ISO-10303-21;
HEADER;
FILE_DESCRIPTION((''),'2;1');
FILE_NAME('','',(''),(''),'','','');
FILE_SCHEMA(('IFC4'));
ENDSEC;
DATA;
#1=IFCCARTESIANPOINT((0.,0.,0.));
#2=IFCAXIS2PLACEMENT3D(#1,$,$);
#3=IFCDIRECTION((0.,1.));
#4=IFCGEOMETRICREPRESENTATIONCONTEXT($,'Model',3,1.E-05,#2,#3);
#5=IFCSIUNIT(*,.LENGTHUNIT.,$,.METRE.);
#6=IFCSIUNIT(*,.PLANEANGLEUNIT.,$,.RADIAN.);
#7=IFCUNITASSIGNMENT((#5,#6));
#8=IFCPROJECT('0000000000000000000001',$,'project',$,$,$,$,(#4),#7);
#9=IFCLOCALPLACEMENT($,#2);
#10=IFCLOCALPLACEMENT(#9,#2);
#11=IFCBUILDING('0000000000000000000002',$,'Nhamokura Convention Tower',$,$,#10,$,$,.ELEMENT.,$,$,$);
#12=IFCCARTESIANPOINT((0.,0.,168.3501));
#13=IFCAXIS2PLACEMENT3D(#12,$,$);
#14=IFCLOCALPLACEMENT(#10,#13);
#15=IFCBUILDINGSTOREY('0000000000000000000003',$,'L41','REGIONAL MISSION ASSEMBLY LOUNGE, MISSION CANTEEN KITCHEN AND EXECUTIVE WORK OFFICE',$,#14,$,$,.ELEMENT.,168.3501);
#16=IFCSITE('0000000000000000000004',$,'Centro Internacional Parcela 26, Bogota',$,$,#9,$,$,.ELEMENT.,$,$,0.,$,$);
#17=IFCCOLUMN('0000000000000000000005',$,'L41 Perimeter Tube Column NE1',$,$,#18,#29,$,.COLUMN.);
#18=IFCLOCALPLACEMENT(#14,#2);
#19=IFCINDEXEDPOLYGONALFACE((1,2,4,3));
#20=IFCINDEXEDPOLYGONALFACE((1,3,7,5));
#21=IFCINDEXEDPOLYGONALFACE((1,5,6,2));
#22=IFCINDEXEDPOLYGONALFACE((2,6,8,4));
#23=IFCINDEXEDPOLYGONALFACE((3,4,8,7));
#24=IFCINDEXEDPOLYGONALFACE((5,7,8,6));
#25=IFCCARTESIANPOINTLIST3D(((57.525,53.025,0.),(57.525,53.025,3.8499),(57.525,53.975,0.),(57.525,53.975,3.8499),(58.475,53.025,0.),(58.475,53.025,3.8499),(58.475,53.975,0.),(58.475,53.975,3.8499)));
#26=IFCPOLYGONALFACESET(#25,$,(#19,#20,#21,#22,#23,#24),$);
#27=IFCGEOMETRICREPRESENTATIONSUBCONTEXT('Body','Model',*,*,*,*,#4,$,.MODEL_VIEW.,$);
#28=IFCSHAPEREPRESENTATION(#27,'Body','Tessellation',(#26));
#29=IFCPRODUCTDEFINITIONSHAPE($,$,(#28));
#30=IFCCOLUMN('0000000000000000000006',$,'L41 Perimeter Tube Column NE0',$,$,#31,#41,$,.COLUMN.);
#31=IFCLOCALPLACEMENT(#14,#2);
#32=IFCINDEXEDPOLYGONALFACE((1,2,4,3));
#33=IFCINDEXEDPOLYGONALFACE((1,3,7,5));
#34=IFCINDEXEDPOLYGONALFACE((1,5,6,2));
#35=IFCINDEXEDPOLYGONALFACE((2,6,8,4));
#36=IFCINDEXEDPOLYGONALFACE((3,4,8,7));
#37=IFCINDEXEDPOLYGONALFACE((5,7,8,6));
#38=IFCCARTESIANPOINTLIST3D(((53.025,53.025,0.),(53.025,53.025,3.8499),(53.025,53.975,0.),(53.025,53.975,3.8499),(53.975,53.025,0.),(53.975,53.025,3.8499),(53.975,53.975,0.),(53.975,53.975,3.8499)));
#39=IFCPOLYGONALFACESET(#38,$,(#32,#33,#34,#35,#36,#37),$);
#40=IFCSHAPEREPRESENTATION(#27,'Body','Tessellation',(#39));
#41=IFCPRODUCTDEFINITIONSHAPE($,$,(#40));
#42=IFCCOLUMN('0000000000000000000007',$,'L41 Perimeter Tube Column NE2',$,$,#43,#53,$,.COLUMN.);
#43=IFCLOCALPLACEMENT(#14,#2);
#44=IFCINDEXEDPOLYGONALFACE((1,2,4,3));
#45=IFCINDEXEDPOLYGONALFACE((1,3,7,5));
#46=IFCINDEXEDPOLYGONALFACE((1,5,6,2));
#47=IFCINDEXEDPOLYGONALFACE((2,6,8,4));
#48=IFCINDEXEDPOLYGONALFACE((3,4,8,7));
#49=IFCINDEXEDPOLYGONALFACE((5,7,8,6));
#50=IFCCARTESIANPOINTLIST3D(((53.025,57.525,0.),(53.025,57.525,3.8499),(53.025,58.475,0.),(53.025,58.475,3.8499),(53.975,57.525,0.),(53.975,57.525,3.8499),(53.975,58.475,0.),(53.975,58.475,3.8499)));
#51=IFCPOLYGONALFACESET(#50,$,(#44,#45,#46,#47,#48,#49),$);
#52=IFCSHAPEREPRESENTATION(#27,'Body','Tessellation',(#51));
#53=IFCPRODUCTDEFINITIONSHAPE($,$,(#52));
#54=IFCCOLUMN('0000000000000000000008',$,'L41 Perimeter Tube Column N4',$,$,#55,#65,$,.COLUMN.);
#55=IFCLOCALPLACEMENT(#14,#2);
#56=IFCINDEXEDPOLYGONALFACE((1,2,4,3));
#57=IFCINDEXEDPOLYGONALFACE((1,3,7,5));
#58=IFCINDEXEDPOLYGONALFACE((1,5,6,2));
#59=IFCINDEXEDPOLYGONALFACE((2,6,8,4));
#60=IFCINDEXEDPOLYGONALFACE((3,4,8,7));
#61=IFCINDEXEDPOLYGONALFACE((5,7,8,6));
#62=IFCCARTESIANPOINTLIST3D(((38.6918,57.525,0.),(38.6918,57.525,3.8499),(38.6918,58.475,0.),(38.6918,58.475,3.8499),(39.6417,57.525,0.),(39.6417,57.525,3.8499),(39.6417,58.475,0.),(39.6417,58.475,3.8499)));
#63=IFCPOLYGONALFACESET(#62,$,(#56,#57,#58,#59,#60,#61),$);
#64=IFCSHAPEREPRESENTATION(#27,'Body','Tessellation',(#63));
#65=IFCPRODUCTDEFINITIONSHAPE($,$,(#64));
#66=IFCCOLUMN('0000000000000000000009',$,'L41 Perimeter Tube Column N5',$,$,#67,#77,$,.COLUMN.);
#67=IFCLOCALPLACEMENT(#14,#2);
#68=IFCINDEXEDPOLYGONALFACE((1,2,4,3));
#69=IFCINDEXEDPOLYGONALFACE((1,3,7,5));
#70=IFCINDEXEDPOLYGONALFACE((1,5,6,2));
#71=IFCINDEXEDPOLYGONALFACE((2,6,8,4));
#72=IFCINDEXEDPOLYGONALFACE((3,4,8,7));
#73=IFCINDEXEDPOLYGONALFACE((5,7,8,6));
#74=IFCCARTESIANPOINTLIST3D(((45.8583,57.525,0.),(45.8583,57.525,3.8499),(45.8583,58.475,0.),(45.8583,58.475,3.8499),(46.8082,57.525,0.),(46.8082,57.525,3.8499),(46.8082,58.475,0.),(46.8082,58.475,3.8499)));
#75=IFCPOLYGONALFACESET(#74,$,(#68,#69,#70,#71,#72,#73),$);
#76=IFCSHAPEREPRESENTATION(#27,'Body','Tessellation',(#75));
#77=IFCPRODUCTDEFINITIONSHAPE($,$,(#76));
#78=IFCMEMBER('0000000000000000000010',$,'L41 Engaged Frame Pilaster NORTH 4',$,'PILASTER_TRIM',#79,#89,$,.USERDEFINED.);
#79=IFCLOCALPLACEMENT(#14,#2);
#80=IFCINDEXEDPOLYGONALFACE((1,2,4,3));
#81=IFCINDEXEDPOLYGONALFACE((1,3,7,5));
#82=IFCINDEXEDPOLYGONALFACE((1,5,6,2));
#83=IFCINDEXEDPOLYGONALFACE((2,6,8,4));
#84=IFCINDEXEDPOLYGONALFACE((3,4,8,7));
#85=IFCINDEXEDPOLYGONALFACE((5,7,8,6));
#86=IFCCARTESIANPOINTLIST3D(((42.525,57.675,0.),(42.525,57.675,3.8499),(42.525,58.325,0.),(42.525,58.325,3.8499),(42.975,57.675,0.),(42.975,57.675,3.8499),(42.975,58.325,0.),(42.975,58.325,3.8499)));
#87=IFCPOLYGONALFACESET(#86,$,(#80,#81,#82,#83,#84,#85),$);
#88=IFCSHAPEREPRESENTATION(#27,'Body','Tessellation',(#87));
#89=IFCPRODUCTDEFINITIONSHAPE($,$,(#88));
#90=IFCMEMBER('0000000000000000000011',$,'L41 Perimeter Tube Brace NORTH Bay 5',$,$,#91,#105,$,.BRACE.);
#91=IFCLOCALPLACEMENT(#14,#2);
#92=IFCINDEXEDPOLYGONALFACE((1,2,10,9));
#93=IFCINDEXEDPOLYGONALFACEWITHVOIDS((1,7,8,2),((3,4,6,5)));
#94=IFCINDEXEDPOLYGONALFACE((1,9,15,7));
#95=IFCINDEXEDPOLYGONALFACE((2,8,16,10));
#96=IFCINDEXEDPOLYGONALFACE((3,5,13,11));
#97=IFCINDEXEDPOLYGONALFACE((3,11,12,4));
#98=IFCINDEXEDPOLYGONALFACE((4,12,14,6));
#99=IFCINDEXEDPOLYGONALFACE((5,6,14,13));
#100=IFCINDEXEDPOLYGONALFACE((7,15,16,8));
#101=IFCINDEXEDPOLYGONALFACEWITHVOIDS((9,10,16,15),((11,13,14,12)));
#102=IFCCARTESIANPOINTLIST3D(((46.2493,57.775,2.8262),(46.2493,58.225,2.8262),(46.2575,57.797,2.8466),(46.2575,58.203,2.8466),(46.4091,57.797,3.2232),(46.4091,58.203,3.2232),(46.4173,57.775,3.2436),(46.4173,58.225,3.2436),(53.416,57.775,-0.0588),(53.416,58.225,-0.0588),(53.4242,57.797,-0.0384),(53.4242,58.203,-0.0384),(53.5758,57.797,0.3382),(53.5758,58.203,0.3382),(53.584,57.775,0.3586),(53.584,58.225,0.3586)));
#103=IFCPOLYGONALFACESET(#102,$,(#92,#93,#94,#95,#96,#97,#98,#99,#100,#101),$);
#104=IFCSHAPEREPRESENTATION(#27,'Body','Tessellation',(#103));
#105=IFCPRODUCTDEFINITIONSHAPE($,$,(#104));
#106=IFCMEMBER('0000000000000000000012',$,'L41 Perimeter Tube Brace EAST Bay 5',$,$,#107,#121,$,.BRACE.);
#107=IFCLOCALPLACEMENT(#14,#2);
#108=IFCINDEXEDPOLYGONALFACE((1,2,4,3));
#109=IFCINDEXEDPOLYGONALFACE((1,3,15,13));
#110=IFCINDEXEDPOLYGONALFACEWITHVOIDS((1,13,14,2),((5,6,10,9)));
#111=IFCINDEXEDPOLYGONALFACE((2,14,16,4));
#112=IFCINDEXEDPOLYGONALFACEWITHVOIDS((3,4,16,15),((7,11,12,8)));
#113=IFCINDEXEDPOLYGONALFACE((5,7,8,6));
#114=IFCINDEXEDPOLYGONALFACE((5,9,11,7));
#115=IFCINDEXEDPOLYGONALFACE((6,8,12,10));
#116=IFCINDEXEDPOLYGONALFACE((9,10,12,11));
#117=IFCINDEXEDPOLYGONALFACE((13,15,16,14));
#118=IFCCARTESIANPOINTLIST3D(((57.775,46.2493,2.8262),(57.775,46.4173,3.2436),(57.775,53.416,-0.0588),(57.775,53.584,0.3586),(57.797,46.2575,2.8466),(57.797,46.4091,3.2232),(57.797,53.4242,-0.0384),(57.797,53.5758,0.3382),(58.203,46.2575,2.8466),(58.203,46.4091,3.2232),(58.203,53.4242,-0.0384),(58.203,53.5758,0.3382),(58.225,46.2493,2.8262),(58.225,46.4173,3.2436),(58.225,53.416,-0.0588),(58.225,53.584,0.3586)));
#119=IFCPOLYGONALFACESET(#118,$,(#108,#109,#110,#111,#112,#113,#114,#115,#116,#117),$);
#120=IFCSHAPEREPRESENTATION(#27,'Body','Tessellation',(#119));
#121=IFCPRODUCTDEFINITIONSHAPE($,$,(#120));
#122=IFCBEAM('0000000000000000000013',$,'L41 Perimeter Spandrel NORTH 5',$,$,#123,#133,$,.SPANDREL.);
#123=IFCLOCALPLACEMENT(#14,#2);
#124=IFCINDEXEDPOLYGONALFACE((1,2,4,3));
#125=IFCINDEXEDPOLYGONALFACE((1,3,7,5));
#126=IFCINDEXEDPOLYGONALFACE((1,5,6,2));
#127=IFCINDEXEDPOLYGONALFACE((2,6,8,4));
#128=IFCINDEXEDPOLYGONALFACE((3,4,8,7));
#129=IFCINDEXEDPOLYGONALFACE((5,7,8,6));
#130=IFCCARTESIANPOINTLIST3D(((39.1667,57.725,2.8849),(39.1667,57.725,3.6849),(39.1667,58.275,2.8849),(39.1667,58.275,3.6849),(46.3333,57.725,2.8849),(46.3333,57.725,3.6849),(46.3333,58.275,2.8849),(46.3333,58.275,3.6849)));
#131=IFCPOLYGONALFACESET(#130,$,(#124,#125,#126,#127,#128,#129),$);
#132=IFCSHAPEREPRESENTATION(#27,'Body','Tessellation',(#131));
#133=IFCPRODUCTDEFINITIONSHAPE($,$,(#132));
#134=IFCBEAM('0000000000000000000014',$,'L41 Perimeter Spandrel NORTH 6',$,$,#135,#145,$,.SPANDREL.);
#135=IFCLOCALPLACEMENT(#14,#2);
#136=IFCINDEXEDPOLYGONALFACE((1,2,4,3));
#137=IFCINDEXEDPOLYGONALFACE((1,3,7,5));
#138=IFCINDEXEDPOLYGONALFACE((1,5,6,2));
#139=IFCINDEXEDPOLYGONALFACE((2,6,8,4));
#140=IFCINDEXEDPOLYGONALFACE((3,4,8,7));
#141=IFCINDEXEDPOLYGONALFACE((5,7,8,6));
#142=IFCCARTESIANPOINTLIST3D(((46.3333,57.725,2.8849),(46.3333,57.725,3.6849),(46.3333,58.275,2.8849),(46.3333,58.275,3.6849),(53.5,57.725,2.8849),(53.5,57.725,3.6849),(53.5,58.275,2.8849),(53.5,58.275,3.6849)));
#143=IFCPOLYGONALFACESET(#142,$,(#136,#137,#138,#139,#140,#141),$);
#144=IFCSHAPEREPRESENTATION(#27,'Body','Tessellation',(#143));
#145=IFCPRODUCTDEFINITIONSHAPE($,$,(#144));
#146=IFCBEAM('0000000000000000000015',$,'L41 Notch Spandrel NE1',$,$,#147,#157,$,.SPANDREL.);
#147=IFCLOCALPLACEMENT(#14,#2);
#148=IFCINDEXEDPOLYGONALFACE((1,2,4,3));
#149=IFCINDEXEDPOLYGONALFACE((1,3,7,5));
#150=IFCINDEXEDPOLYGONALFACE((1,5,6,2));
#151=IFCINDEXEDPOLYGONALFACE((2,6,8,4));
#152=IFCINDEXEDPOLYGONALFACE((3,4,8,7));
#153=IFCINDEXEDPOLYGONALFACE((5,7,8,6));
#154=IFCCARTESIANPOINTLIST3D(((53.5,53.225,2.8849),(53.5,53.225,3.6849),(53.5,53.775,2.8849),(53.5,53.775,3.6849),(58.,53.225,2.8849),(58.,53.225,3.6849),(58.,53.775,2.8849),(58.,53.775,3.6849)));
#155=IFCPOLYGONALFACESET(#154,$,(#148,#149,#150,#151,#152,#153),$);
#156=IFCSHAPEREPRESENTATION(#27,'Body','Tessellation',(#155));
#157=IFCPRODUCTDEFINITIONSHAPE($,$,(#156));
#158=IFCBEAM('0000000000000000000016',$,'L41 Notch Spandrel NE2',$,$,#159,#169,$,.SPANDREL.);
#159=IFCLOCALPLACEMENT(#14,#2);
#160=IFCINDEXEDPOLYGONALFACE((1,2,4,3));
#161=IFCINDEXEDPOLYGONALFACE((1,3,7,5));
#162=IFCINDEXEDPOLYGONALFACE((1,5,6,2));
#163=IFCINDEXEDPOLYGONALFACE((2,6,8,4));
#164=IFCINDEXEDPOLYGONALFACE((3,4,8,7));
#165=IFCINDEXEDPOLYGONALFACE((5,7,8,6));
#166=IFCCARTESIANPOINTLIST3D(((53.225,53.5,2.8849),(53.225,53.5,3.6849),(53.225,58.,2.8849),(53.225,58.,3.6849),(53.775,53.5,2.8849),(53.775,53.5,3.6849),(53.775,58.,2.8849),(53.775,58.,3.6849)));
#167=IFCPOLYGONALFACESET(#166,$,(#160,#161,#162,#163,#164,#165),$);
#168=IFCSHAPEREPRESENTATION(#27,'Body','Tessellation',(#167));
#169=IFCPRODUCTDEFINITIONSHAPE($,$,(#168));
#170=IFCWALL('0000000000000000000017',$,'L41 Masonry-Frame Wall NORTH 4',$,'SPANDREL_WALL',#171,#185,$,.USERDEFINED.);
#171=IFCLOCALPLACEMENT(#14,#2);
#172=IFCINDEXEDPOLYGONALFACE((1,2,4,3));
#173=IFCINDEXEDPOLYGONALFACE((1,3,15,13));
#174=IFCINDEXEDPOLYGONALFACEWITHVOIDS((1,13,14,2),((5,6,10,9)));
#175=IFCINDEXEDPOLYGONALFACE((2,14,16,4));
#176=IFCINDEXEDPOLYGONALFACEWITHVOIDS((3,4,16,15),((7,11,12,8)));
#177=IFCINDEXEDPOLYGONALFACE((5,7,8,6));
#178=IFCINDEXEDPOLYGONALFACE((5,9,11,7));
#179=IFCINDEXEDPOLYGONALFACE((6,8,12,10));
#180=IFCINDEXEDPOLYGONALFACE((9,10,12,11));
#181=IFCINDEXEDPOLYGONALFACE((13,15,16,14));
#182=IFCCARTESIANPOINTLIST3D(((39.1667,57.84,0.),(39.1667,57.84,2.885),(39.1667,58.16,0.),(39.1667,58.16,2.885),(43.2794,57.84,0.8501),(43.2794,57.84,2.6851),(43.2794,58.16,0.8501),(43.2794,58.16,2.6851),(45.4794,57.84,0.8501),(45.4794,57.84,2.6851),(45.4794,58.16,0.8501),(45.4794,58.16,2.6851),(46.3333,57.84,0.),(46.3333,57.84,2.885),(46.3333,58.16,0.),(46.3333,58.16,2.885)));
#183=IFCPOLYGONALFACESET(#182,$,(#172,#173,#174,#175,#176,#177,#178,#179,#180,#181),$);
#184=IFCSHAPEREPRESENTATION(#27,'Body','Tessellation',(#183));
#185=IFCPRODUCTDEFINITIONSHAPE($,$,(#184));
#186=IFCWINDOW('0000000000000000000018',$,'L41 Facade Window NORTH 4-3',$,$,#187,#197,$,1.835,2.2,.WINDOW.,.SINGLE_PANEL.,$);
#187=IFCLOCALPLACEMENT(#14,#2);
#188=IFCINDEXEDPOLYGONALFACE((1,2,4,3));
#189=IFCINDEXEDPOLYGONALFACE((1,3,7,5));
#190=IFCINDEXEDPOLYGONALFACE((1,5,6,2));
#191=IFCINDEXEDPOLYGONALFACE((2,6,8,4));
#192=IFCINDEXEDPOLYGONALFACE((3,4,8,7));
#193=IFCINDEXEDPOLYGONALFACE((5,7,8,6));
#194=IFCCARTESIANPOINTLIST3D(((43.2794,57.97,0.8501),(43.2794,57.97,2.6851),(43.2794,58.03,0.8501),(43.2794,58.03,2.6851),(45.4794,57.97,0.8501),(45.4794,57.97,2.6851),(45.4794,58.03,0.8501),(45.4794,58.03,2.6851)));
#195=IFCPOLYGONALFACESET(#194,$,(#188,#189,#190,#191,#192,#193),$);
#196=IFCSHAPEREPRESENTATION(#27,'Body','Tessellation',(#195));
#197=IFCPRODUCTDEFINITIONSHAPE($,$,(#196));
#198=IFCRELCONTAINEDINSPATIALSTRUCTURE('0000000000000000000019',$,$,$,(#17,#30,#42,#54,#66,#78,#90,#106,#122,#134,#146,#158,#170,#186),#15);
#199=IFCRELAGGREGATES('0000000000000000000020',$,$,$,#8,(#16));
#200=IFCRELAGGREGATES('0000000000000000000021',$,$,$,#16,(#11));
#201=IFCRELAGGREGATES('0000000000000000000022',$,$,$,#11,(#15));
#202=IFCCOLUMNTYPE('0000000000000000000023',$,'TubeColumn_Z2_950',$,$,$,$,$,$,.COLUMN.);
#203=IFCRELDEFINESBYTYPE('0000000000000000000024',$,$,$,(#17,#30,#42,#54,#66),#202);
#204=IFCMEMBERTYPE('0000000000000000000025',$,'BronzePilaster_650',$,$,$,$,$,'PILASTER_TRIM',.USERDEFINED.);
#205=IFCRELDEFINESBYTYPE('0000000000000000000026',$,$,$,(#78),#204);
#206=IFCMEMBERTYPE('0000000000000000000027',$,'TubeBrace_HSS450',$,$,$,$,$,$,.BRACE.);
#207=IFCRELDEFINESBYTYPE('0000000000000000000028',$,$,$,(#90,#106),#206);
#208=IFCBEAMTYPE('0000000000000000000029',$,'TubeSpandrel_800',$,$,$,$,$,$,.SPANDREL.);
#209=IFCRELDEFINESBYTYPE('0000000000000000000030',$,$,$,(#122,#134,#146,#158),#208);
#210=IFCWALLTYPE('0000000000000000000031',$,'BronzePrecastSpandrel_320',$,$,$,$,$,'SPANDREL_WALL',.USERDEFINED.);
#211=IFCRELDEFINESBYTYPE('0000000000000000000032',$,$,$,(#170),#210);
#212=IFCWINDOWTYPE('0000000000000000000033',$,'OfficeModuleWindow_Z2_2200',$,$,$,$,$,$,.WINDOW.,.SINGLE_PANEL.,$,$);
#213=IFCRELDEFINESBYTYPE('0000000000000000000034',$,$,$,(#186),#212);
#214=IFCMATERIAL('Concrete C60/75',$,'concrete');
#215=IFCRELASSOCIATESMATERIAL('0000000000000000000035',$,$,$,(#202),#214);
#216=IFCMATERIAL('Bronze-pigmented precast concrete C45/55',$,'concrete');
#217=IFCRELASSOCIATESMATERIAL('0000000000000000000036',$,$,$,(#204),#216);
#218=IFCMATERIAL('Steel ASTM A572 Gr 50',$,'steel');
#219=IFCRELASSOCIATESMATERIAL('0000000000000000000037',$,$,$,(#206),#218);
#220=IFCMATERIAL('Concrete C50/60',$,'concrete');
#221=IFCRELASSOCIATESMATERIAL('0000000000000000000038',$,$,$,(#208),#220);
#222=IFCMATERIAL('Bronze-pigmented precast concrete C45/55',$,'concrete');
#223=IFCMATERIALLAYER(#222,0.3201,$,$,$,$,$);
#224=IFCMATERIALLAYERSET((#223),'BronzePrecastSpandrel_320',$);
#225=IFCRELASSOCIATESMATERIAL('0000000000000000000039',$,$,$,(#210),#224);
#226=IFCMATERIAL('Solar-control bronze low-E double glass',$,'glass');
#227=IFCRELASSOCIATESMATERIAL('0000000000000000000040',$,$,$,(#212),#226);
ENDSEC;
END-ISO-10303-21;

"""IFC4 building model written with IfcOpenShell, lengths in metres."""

from ifc_helpers import new_model, si_unit, direction, frame, frame_2d, origin, origin_2d, place, context, subcontext, project, spatial, rectangle, hollow_rectangle, extrude, material, layer, layer_set, material_profile, profile_set, type_object, element, fill, save


model = new_model("IFC4")

# Units and contexts
model_context = context("Model", 3, precision=1e-05, world=origin(), true_north=direction((0.0, 1.0)))
body_context = subcontext(model_context, "Body", "Model", "MODEL_VIEW")
ifc_project = project(units=[si_unit("LENGTHUNIT", "METRE"), si_unit("PLANEANGLEUNIT", "RADIAN")], contexts=[model_context])

# Site, building, storey
site_placement = place(None, origin())
site = spatial("IfcSite", under=ifc_project, at=site_placement, Name="Centro Internacional Parcela 26, Bogota", CompositionType="ELEMENT", RefElevation=0.0)
building_placement = place(site_placement, origin())
building = spatial("IfcBuilding", under=site, at=building_placement, Name="Nhamokura Convention Tower", CompositionType="ELEMENT")
storey_placement = place(building_placement, frame((0.0, 0.0, 168.3501)))
storey = spatial("IfcBuildingStorey", under=building, at=storey_placement, Name="L41", Description="REGIONAL MISSION ASSEMBLY LOUNGE, MISSION CANTEEN KITCHEN AND EXECUTIVE WORK OFFICE", CompositionType="ELEMENT", Elevation=168.3501)

# Columns
ifc_material_1 = material(Name="Concrete C60/75", Category="concrete")
ifc_material_profile_1 = material_profile(ifc_material_1, rectangle(XDim=0.95, YDim=0.95, at=origin_2d()))
ifc_profile_set_1 = profile_set([ifc_material_profile_1], Name="Concrete C60/75")
column_type = type_object("IfcColumnType", Name="TubeColumn_Z2_950", PredefinedType="COLUMN", material=ifc_profile_set_1)
for number, where, z_axis, x_axis, name in (
    (1, (58.0, 53.5, 0.0), (0.0, 0.0, 1.0), (1.0, 0.0, 0.0), "L41 Perimeter Tube Column NE1"),
    (2, (53.5, 53.5, 0.0), (0.0, 0.0, 1.0), (1.0, 0.0, 0.0), "L41 Perimeter Tube Column NE0"),
    (3, (53.5, 58.0, 0.0), (0.0, 0.0, 1.0), (1.0, 0.0, 0.0), "L41 Perimeter Tube Column NE2"),
    (4, (39.1667, 58.0, 0.0), (0.0, 0.0, 1.0), (1.0, 0.0, 0.0), "L41 Perimeter Tube Column N4"),
    (5, (46.3333, 58.0, 0.0), (0.0, 0.0, 1.0), (1.0, 0.0, 0.0), "L41 Perimeter Tube Column N5"),
):
    element("IfcColumn", number, at=place(storey_placement, frame(where, z_axis=z_axis, x_axis=x_axis)), inside=storey, type_object=column_type, Name=name, PredefinedType="COLUMN", context=body_context, shape_type="SweptSolid", body=[
        extrude(rectangle(XDim=0.95, YDim=0.95, at=origin_2d()), origin(), (0.0, 0.0, 1.0), 3.8499),
    ])

# Members
ifc_material_2 = material(Name="Bronze-pigmented precast concrete C45/55", Category="concrete")
ifc_material_profile_2 = material_profile(ifc_material_2, rectangle(XDim=0.45, YDim=0.6499, at=origin_2d()))
ifc_profile_set_2 = profile_set([ifc_material_profile_2], Name="Bronze-pigmented precast concrete C45/55")
member_type_1 = type_object("IfcMemberType", Name="BronzePilaster_650", ElementType="PILASTER_TRIM", PredefinedType="USERDEFINED", material=ifc_profile_set_2)
member_placement = place(storey_placement, frame((42.75, 58.0, 0.0), z_axis=(0.0, 0.0, 1.0), x_axis=(1.0, 0.0, 0.0)))
element("IfcMember", 6, at=member_placement, inside=storey, type_object=member_type_1, Name="L41 Engaged Frame Pilaster NORTH 4", ObjectType="PILASTER_TRIM", PredefinedType="USERDEFINED", context=body_context, shape_type="SweptSolid", body=[
    extrude(rectangle(XDim=0.45, YDim=0.6499, at=origin_2d()), origin(), (0.0, 0.0, 1.0), 3.8499),
])
ifc_material_3 = material(Name="Steel ASTM A572 Gr 50", Category="steel")
ifc_material_profile_3 = material_profile(ifc_material_3, hollow_rectangle(XDim=0.45, YDim=0.45, WallThickness=0.022, at=origin_2d()))
ifc_profile_set_3 = profile_set([ifc_material_profile_3], Name="Steel ASTM A572 Gr 50")
member_type_2 = type_object("IfcMemberType", Name="TubeBrace_HSS450", PredefinedType="BRACE", material=ifc_profile_set_3)
for number, where, z_axis, x_axis, name in (
    (7, (53.5, 58.0, 0.1499), (-0.927657, 0.0, 0.373433), (0.0, -1.0, 0.0), "L41 Perimeter Tube Brace NORTH Bay 5"),
    (8, (58.0, 53.5, 0.1499), (0.0, -0.927657, 0.373433), (1.0, 0.0, 0.0), "L41 Perimeter Tube Brace EAST Bay 5"),
):
    element("IfcMember", number, at=place(storey_placement, frame(where, z_axis=z_axis, x_axis=x_axis)), inside=storey, type_object=member_type_2, Name=name, PredefinedType="BRACE", context=body_context, shape_type="SweptSolid", body=[
        extrude(hollow_rectangle(XDim=0.45, YDim=0.45, WallThickness=0.022, at=origin_2d()), origin(), (0.0, 0.0, 1.0), 7.7256),
    ])

# Beams
ifc_material_4 = material(Name="Concrete C50/60", Category="concrete")
ifc_material_profile_4 = material_profile(ifc_material_4, rectangle(XDim=0.55, YDim=0.8, at=origin_2d()))
ifc_profile_set_4 = profile_set([ifc_material_profile_4], Name="Concrete C50/60")
beam_type = type_object("IfcBeamType", Name="TubeSpandrel_800", PredefinedType="SPANDREL", material=ifc_profile_set_4)
beam_1_placement = place(storey_placement, frame((39.1667, 58.0, 3.2849), z_axis=(1.0, 0.0, 0.0), x_axis=(0.0, 1.0, 0.0)))
element("IfcBeam", 9, at=beam_1_placement, inside=storey, type_object=beam_type, Name="L41 Perimeter Spandrel NORTH 5", PredefinedType="SPANDREL", context=body_context, shape_type="SweptSolid", body=[
    extrude(rectangle(XDim=0.55, YDim=0.8, at=origin_2d()), origin(), (0.0, 0.0, 1.0), 7.1665),
])
beam_2_placement = place(storey_placement, frame((46.3333, 58.0, 3.2849), z_axis=(1.0, 0.0, 0.0), x_axis=(0.0, 1.0, 0.0)))
element("IfcBeam", 10, at=beam_2_placement, inside=storey, type_object=beam_type, Name="L41 Perimeter Spandrel NORTH 6", PredefinedType="SPANDREL", context=body_context, shape_type="SweptSolid", body=[
    extrude(rectangle(XDim=0.55, YDim=0.8, at=origin_2d()), origin(), (0.0, 0.0, 1.0), 7.1667),
])
for number, where, z_axis, x_axis, name in (
    (11, (58.0, 53.5, 3.2849), (-1.0, 0.0, 0.0), (0.0, -1.0, 0.0), "L41 Notch Spandrel NE1"),
    (12, (53.5, 53.5, 3.2849), (0.0, 1.0, 0.0), (-1.0, 0.0, 0.0), "L41 Notch Spandrel NE2"),
):
    element("IfcBeam", number, at=place(storey_placement, frame(where, z_axis=z_axis, x_axis=x_axis)), inside=storey, type_object=beam_type, Name=name, PredefinedType="SPANDREL", context=body_context, shape_type="SweptSolid", body=[
        extrude(rectangle(XDim=0.55, YDim=0.8, at=origin_2d()), origin(), (0.0, 0.0, 1.0), 4.5),
    ])

# Wall, opening, window
ifc_material_5 = material(Name="Bronze-pigmented precast concrete C45/55", Category="concrete")
ifc_layer = layer(ifc_material_5, 0.3201)
ifc_layer_set = layer_set([ifc_layer], Name="BronzePrecastSpandrel_320")
wall_type = type_object("IfcWallType", Name="BronzePrecastSpandrel_320", ElementType="SPANDREL_WALL", PredefinedType="USERDEFINED", material=ifc_layer_set)
wall_1_placement = place(storey_placement, frame((39.1667, 58.0, 0.0), z_axis=(0.0, 0.0, 1.0), x_axis=(1.0, 0.0, 0.0)))
wall_1 = element("IfcWall", 13, at=wall_1_placement, inside=storey, type_object=wall_type, Name="L41 Masonry-Frame Wall NORTH 4", ObjectType="SPANDREL_WALL", PredefinedType="USERDEFINED", context=body_context, shape_type="SweptSolid", body=[
    extrude(rectangle(XDim=7.1665, YDim=0.3201, at=frame_2d((3.5833, 0.0))), origin(), (0.0, 0.0, 1.0), 2.885),
])
opening_1_placement = place(wall_1_placement, frame((4.1125, 0.0, 0.8501)))
opening_1 = element("IfcOpeningElement", 14, at=opening_1_placement, cuts=wall_1, PredefinedType="OPENING", context=body_context, shape_type="SweptSolid", body=[
    extrude(rectangle(XDim=2.2, YDim=1.835, at=frame_2d((1.1001, 0.9175))), frame((0.0, 0.1699, 0.0), z_axis=(0.0, -1.0, 0.0), x_axis=(1.0, 0.0, 0.0)), (0.0, 0.0, 1.0), 0.3401),
])
ifc_material_6 = material(Name="Solar-control bronze low-E double glass", Category="glass")
window_type_1 = type_object("IfcWindowType", Name="OfficeModuleWindow_Z2_2200", PartitioningType="SINGLE_PANEL", PredefinedType="WINDOW", material=ifc_material_6)
window_1_placement = place(opening_1_placement, origin())
window_1 = element("IfcWindow", 15, at=window_1_placement, inside=storey, type_object=window_type_1, Name="L41 Facade Window NORTH 4-3", OverallHeight=1.835, OverallWidth=2.2, PartitioningType="SINGLE_PANEL", PredefinedType="WINDOW", context=body_context, shape_type="SweptSolid", body=[
    extrude(rectangle(XDim=2.2, YDim=1.835, at=frame_2d((1.1001, 0.9175))), frame((0.0, 0.03, 0.0), z_axis=(0.0, -1.0, 0.0), x_axis=(1.0, 0.0, 0.0)), (0.0, 0.0, 1.0), 0.0601),
])
fill(opening_1, window_1)

save(model, "model.ifc")
